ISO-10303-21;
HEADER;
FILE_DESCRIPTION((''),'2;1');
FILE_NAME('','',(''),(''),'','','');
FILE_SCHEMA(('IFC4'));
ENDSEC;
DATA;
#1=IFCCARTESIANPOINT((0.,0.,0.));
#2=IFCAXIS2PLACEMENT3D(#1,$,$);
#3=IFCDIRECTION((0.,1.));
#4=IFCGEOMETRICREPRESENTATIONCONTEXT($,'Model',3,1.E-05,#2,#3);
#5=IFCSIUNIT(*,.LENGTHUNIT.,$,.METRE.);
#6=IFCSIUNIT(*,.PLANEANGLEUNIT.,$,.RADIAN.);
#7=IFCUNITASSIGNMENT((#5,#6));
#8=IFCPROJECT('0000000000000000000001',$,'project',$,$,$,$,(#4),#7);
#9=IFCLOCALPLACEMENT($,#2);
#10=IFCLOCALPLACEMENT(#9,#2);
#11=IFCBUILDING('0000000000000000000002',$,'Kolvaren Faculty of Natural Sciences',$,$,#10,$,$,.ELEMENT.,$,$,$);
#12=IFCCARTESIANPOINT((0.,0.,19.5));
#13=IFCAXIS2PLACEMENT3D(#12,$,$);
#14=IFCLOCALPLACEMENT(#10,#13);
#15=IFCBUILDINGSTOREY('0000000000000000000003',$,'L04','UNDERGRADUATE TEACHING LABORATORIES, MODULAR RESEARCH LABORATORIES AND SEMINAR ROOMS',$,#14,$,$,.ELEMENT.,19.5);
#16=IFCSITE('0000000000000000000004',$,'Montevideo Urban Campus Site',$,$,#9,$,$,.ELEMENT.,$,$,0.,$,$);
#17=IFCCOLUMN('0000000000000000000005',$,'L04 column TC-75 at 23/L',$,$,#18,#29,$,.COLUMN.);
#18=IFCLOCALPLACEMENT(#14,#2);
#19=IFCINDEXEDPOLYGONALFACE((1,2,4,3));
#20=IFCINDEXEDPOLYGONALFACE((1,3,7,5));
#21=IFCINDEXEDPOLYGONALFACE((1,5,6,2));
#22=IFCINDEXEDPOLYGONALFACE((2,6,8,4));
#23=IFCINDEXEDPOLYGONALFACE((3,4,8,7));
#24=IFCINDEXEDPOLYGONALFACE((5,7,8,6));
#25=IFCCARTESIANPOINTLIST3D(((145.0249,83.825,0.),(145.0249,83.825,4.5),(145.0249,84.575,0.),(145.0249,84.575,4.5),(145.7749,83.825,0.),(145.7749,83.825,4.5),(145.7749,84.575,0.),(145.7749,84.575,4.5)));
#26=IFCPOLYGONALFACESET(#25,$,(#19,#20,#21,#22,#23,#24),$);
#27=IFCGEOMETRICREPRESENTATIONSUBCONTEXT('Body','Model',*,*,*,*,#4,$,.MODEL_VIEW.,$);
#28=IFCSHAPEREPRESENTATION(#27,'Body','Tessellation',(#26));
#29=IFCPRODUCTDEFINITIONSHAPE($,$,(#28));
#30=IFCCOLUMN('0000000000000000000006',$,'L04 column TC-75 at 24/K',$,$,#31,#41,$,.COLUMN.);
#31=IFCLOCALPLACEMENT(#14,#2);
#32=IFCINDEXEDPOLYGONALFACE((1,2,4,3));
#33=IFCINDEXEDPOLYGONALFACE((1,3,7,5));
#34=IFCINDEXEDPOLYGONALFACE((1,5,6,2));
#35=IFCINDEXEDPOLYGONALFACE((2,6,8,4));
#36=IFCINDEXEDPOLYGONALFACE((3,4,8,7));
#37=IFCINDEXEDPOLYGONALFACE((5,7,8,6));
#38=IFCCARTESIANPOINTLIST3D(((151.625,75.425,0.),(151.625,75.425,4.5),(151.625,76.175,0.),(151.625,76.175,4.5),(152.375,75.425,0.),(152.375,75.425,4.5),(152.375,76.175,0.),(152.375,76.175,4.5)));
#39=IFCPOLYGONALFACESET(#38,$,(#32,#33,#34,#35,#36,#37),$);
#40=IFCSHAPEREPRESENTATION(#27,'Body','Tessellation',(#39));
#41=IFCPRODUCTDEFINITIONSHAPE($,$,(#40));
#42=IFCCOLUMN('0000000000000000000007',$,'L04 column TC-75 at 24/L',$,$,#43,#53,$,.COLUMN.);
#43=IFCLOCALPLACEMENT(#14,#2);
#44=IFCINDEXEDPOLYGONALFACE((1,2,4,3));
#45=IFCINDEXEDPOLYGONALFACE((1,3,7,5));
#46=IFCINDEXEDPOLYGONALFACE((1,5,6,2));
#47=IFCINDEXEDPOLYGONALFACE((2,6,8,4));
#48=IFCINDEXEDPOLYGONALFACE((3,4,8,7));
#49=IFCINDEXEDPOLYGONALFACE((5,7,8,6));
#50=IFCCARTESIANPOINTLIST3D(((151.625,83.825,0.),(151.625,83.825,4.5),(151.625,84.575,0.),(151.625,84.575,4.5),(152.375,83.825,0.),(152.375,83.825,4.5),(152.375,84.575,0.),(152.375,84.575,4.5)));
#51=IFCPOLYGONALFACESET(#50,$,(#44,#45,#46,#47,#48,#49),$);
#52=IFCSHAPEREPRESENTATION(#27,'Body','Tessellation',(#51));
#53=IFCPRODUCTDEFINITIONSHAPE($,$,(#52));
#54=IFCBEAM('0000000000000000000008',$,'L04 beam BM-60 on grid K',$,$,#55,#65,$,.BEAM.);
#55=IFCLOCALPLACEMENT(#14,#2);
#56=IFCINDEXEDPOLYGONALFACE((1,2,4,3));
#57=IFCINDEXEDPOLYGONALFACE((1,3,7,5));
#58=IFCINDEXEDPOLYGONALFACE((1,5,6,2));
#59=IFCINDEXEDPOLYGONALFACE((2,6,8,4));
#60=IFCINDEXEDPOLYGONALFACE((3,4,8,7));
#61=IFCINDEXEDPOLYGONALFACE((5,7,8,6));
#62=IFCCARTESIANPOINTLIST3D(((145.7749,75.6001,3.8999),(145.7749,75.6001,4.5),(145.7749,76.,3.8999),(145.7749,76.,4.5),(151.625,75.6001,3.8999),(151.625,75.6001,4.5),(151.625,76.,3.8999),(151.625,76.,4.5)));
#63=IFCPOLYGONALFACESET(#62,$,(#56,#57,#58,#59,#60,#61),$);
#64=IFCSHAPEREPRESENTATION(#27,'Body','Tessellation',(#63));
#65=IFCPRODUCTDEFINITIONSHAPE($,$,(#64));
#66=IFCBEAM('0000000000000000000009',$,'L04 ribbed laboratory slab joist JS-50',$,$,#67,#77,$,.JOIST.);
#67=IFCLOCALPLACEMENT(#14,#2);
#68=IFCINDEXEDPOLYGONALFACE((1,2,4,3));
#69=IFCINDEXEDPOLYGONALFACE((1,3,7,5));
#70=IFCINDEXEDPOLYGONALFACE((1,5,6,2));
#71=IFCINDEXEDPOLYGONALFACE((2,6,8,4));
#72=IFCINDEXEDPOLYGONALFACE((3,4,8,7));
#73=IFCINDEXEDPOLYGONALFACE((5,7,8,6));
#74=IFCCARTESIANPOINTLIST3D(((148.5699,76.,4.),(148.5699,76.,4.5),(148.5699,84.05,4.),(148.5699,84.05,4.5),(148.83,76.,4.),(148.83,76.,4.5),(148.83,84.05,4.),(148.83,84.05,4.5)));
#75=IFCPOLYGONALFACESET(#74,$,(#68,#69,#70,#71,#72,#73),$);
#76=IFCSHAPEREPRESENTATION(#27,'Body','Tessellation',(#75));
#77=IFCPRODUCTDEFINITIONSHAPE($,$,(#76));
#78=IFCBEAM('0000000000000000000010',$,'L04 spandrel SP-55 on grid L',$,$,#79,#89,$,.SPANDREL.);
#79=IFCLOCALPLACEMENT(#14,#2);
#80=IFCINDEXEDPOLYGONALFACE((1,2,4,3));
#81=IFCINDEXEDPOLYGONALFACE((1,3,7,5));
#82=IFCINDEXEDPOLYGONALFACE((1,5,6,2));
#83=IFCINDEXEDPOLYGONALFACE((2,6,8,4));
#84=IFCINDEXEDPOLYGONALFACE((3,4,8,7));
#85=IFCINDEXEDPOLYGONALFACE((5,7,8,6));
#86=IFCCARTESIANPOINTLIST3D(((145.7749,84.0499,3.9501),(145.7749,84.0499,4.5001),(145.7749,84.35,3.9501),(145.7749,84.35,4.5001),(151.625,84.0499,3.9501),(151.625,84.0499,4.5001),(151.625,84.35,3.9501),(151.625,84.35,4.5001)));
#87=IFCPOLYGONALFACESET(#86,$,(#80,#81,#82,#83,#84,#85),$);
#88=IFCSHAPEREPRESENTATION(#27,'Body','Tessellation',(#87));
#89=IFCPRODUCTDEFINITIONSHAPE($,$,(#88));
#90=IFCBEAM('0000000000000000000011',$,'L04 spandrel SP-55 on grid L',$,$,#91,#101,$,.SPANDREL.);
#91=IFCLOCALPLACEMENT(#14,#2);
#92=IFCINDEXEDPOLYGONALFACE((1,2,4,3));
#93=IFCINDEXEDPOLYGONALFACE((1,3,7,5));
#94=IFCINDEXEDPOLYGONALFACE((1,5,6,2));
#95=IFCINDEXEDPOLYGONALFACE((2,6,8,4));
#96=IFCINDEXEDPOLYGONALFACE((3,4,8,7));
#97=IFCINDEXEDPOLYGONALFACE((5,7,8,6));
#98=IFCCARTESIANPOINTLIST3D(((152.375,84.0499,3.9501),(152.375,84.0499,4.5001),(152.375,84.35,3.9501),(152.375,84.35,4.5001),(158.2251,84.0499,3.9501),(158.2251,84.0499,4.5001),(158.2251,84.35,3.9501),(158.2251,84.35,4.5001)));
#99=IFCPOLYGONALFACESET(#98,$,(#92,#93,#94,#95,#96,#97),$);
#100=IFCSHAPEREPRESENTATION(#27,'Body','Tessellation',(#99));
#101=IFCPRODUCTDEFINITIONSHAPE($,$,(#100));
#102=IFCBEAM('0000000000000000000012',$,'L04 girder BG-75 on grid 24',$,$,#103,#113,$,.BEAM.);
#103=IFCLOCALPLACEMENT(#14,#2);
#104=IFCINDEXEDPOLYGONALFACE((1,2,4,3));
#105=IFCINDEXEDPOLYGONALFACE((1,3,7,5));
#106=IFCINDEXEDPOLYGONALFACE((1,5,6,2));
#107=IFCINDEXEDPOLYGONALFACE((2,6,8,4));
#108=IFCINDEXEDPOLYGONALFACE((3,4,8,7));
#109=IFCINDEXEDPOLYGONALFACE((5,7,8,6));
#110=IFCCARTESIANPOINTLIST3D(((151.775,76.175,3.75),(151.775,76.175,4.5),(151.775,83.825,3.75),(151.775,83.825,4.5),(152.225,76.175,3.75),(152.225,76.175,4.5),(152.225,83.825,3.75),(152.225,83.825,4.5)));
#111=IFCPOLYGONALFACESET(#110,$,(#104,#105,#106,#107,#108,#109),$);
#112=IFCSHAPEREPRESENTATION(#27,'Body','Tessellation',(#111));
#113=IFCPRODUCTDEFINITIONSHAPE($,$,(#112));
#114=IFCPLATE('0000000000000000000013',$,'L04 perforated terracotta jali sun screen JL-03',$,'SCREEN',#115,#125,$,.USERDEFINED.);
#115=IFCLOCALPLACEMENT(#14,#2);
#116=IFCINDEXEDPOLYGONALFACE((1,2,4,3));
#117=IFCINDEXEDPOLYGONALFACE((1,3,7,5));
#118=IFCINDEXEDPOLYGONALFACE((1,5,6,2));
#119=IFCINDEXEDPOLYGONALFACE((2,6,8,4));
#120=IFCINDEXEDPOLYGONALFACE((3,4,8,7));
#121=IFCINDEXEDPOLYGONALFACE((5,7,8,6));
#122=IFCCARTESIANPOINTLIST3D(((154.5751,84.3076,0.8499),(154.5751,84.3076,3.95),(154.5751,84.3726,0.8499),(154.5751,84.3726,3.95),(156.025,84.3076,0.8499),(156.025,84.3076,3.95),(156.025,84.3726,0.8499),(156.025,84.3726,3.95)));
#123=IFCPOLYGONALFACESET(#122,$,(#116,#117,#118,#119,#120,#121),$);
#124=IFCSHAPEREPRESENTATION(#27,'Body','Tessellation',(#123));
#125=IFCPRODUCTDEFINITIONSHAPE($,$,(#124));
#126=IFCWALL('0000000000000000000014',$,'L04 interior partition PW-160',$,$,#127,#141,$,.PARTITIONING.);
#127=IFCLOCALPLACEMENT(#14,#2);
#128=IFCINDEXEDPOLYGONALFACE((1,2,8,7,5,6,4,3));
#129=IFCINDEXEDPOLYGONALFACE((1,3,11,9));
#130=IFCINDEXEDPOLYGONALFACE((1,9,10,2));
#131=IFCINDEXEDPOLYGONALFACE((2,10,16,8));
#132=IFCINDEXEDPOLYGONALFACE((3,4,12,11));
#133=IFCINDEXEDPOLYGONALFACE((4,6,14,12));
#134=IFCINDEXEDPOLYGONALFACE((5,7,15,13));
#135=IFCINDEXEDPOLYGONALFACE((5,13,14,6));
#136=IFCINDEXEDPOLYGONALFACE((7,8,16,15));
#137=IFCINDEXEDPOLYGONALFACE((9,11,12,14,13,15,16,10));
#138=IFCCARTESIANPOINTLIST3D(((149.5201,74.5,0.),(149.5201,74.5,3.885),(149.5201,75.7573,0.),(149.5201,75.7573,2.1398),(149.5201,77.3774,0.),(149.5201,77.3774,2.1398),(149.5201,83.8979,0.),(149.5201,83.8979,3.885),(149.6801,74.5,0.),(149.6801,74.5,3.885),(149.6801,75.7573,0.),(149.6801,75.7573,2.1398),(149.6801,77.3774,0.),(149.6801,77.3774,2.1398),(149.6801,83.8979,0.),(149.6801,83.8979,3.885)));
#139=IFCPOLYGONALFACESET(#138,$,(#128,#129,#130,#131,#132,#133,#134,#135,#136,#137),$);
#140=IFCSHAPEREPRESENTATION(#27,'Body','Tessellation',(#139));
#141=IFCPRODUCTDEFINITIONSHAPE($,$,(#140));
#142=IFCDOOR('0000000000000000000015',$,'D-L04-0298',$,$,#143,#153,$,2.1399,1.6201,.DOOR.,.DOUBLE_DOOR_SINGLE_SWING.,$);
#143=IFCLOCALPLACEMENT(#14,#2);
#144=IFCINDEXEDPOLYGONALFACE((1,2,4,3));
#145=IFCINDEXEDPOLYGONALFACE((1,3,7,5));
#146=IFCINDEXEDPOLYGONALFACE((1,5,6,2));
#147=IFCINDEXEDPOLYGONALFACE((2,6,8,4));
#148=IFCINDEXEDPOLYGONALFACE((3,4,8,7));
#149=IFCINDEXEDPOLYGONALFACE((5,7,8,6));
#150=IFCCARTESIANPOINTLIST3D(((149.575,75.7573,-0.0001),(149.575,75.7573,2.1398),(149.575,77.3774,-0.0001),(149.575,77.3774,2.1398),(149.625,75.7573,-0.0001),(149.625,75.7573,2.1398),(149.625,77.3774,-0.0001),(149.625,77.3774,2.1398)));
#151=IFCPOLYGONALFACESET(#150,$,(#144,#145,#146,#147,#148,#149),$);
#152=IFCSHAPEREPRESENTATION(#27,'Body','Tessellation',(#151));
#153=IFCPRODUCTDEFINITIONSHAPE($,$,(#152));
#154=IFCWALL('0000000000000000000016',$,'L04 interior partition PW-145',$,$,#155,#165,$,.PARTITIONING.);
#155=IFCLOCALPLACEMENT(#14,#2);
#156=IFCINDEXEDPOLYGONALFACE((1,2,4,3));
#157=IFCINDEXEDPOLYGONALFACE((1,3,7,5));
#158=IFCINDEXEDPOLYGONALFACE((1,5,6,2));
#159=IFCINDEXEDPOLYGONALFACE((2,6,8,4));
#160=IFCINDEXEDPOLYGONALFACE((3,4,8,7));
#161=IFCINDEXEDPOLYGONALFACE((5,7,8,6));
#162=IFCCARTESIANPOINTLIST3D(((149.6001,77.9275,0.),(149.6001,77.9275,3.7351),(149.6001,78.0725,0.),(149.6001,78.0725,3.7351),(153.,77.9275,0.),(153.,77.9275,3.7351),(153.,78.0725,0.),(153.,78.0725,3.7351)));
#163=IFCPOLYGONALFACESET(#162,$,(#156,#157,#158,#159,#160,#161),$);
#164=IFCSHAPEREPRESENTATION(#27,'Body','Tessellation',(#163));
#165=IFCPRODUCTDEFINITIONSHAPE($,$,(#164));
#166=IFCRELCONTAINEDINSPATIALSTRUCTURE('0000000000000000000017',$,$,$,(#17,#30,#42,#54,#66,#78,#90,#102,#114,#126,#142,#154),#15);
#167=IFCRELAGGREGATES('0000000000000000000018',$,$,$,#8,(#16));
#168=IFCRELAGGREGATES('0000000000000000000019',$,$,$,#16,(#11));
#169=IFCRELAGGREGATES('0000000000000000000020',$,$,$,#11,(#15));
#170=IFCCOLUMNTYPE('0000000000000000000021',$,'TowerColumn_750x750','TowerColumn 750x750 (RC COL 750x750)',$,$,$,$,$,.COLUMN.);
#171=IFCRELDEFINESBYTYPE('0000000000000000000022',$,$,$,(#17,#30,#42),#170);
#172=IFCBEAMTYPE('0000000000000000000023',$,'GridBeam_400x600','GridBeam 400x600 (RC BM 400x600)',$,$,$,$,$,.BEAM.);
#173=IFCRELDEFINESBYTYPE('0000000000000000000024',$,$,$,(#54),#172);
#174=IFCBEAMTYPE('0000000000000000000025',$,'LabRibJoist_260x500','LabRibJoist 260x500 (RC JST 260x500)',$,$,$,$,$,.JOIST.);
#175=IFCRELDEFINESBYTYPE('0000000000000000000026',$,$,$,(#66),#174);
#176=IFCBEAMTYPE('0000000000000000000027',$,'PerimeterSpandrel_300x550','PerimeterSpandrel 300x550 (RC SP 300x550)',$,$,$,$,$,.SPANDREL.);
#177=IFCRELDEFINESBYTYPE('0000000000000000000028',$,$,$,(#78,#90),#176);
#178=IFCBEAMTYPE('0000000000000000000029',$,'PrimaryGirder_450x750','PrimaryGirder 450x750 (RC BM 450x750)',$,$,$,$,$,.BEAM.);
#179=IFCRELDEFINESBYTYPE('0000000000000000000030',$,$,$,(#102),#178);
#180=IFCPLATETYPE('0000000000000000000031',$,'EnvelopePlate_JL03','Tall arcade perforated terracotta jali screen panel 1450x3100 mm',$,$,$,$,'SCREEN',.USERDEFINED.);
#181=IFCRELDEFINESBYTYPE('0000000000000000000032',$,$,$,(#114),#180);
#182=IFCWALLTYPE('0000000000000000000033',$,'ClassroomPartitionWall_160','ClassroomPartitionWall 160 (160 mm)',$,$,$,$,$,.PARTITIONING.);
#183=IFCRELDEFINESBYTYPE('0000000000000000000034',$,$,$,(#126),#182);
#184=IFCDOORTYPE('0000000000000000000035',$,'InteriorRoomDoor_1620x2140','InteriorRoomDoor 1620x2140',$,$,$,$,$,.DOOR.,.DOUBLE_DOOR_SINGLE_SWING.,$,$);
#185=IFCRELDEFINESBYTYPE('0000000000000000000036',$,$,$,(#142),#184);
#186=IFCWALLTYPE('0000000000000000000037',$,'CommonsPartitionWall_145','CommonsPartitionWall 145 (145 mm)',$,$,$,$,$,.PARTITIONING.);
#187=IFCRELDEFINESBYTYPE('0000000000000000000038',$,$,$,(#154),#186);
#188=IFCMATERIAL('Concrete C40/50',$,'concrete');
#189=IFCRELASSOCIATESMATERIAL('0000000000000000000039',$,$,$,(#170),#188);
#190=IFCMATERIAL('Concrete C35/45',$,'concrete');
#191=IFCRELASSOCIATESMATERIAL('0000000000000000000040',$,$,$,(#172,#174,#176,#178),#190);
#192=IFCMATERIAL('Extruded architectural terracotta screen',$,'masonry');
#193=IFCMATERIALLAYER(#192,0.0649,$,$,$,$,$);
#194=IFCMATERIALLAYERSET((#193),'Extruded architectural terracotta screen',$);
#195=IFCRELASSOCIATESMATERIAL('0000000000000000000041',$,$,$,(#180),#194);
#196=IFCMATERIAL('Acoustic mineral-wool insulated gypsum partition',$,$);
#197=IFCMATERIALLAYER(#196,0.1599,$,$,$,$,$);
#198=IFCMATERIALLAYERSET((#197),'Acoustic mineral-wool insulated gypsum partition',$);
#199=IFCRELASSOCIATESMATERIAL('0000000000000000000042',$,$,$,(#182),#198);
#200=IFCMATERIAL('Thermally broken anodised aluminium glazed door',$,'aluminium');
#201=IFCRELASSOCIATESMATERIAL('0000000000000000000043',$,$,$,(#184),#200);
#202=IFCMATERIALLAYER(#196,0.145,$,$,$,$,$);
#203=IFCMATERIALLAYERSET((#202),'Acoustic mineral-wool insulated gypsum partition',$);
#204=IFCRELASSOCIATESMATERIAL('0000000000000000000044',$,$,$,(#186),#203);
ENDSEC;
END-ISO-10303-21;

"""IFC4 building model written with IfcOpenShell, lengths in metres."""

from ifc_helpers import new_model, si_unit, direction, frame, frame_2d, origin, origin_2d, place, context, subcontext, project, spatial, rectangle, extrude, material, layer, layer_set, material_profile, profile_set, type_object, element, fill, save


model = new_model("IFC4")

# Units and contexts
model_context = context("Model", 3, precision=1e-05, world=origin(), true_north=direction((0.0, 1.0)))
body_context = subcontext(model_context, "Body", "Model", "MODEL_VIEW")
ifc_project = project(units=[si_unit("LENGTHUNIT", "METRE"), si_unit("PLANEANGLEUNIT", "RADIAN")], contexts=[model_context])

# Site, building, storey
site_placement = place(None, origin())
site = spatial("IfcSite", under=ifc_project, at=site_placement, Name="Montevideo Urban Campus Site", CompositionType="ELEMENT", RefElevation=0.0)
building_placement = place(site_placement, origin())
building = spatial("IfcBuilding", under=site, at=building_placement, Name="Kolvaren Faculty of Natural Sciences", CompositionType="ELEMENT")
storey_placement = place(building_placement, frame((0.0, 0.0, 19.5)))
storey = spatial("IfcBuildingStorey", under=building, at=storey_placement, Name="L04", Description="UNDERGRADUATE TEACHING LABORATORIES, MODULAR RESEARCH LABORATORIES AND SEMINAR ROOMS", CompositionType="ELEMENT", Elevation=19.5)

# Columns
ifc_material_1 = material(Name="Concrete C40/50", Category="concrete")
ifc_material_profile_1 = material_profile(ifc_material_1, rectangle(XDim=0.75, YDim=0.75, at=origin_2d()), Name="RC COL 750x750")
ifc_profile_set_1 = profile_set([ifc_material_profile_1], Name="Concrete C40/50")
column_type = type_object("IfcColumnType", Name="TowerColumn_750x750", Description="TowerColumn 750x750 (RC COL 750x750)", PredefinedType="COLUMN", material=ifc_profile_set_1)
for number, where, z_axis, x_axis, name in (
    (1, (145.3999, 84.2, 0.0), (0.0, 0.0, 1.0), (1.0, 0.0, 0.0), "L04 column TC-75 at 23/L"),
    (2, (152.0, 75.8, 0.0), (0.0, 0.0, 1.0), (1.0, 0.0, 0.0), "L04 column TC-75 at 24/K"),
    (3, (152.0, 84.2, 0.0), (0.0, 0.0, 1.0), (1.0, 0.0, 0.0), "L04 column TC-75 at 24/L"),
):
    element("IfcColumn", number, at=place(storey_placement, frame(where, z_axis=z_axis, x_axis=x_axis)), inside=storey, type_object=column_type, Name=name, PredefinedType="COLUMN", context=body_context, shape_type="SweptSolid", body=[
        extrude(rectangle(XDim=0.75, YDim=0.75, at=origin_2d()), origin(), (0.0, 0.0, 1.0), 4.5),
    ])

# Beams
ifc_material_2 = material(Name="Concrete C35/45", Category="concrete")
ifc_material_profile_2 = material_profile(ifc_material_2, rectangle(XDim=0.3999, YDim=0.6001, at=origin_2d()), Name="RC BM 400x600")
ifc_profile_set_2 = profile_set([ifc_material_profile_2], Name="Concrete C35/45")
beam_type_1 = type_object("IfcBeamType", Name="GridBeam_400x600", Description="GridBeam 400x600 (RC BM 400x600)", PredefinedType="BEAM", material=ifc_profile_set_2)
beam_1_placement = place(storey_placement, frame((145.7749, 75.8, 4.2), z_axis=(1.0, 0.0, 0.0), x_axis=(0.0, 1.0, 0.0)))
element("IfcBeam", 4, at=beam_1_placement, inside=storey, type_object=beam_type_1, Name="L04 beam BM-60 on grid K", PredefinedType="BEAM", context=body_context, shape_type="SweptSolid", body=[
    extrude(rectangle(XDim=0.3999, YDim=0.6001, at=origin_2d()), origin(), (0.0, 0.0, 1.0), 5.8501),
])
ifc_material_profile_3 = material_profile(ifc_material_2, rectangle(XDim=0.26, YDim=0.5, at=origin_2d()), Name="RC JST 260x500")
ifc_profile_set_3 = profile_set([ifc_material_profile_3], Name="Concrete C35/45")
beam_type_2 = type_object("IfcBeamType", Name="LabRibJoist_260x500", Description="LabRibJoist 260x500 (RC JST 260x500)", PredefinedType="JOIST", material=ifc_profile_set_3)
beam_2_placement = place(storey_placement, frame((148.7, 76.0, 4.25), z_axis=(0.0, 1.0, 0.0), x_axis=(-1.0, 0.0, 0.0)))
element("IfcBeam", 5, at=beam_2_placement, inside=storey, type_object=beam_type_2, Name="L04 ribbed laboratory slab joist JS-50", PredefinedType="JOIST", context=body_context, shape_type="SweptSolid", body=[
    extrude(rectangle(XDim=0.26, YDim=0.5, at=origin_2d()), origin(), (0.0, 0.0, 1.0), 8.05),
])
ifc_material_profile_4 = material_profile(ifc_material_2, rectangle(XDim=0.3, YDim=0.55, at=origin_2d()), Name="RC SP 300x550")
ifc_profile_set_4 = profile_set([ifc_material_profile_4], Name="Concrete C35/45")
beam_type_3 = type_object("IfcBeamType", Name="PerimeterSpandrel_300x550", Description="PerimeterSpandrel 300x550 (RC SP 300x550)", PredefinedType="SPANDREL", material=ifc_profile_set_4)
for number, where, z_axis, x_axis, name in (
    (6, (145.7749, 84.2, 4.2251), (1.0, 0.0, 0.0), (0.0, 1.0, 0.0), "L04 spandrel SP-55 on grid L"),
    (7, (152.375, 84.2, 4.2251), (1.0, 0.0, 0.0), (0.0, 1.0, 0.0), "L04 spandrel SP-55 on grid L"),
):
    element("IfcBeam", number, at=place(storey_placement, frame(where, z_axis=z_axis, x_axis=x_axis)), inside=storey, type_object=beam_type_3, Name=name, PredefinedType="SPANDREL", context=body_context, shape_type="SweptSolid", body=[
        extrude(rectangle(XDim=0.3, YDim=0.55, at=origin_2d()), origin(), (0.0, 0.0, 1.0), 5.8501),
    ])
ifc_material_profile_5 = material_profile(ifc_material_2, rectangle(XDim=0.45, YDim=0.75, at=origin_2d()), Name="RC BM 450x750")
ifc_profile_set_5 = profile_set([ifc_material_profile_5], Name="Concrete C35/45")
beam_type_4 = type_object("IfcBeamType", Name="PrimaryGirder_450x750", Description="PrimaryGirder 450x750 (RC BM 450x750)", PredefinedType="BEAM", material=ifc_profile_set_5)
beam_3_placement = place(storey_placement, frame((152.0, 76.175, 4.125), z_axis=(0.0, 1.0, 0.0), x_axis=(-1.0, 0.0, 0.0)))
element("IfcBeam", 8, at=beam_3_placement, inside=storey, type_object=beam_type_4, Name="L04 girder BG-75 on grid 24", PredefinedType="BEAM", context=body_context, shape_type="SweptSolid", body=[
    extrude(rectangle(XDim=0.45, YDim=0.75, at=origin_2d()), origin(), (0.0, 0.0, 1.0), 7.6499),
])

# Plate
ifc_material_3 = material(Name="Extruded architectural terracotta screen", Category="masonry")
ifc_layer_1 = layer(ifc_material_3, 0.0649)
ifc_layer_set_1 = layer_set([ifc_layer_1], Name="Extruded architectural terracotta screen")
plate_type = type_object("IfcPlateType", Name="EnvelopePlate_JL03", Description="Tall arcade perforated terracotta jali screen panel 1450x3100 mm", ElementType="SCREEN", PredefinedType="USERDEFINED", material=ifc_layer_set_1)
plate_placement = place(storey_placement, frame((155.3, 84.3401, 0.8499), z_axis=(0.0, 0.0, 1.0), x_axis=(1.0, 0.0, 0.0)))
element("IfcPlate", 9, at=plate_placement, inside=storey, type_object=plate_type, Name="L04 perforated terracotta jali sun screen JL-03", ObjectType="SCREEN", PredefinedType="USERDEFINED", context=body_context, shape_type="SweptSolid", body=[
    extrude(rectangle(XDim=1.45, YDim=0.0649, at=origin_2d()), origin(), (0.0, 0.0, 1.0), 3.1001),
])

# Wall, opening, door
ifc_material_4 = material(Name="Acoustic mineral-wool insulated gypsum partition")
ifc_layer_2 = layer(ifc_material_4, 0.1599)
ifc_layer_set_2 = layer_set([ifc_layer_2], Name="Acoustic mineral-wool insulated gypsum partition")
wall_type_1 = type_object("IfcWallType", Name="ClassroomPartitionWall_160", Description="ClassroomPartitionWall 160 (160 mm)", PredefinedType="PARTITIONING", material=ifc_layer_set_2)
wall_1_placement = place(storey_placement, frame((149.6001, 83.8979, 0.0), z_axis=(0.0, 0.0, 1.0), x_axis=(0.0, -1.0, 0.0)))
wall_1 = element("IfcWall", 10, at=wall_1_placement, inside=storey, type_object=wall_type_1, Name="L04 interior partition PW-160", PredefinedType="PARTITIONING", context=body_context, shape_type="SweptSolid", body=[
    extrude(rectangle(XDim=9.3979, YDim=0.1599, at=frame_2d((4.699, 0.0))), origin(), (0.0, 0.0, 1.0), 3.885),
])
opening_1_placement = place(wall_1_placement, frame((6.5205, 0.0, 0.0)))
opening_1 = element("IfcOpeningElement", 11, at=opening_1_placement, cuts=wall_1, PredefinedType="OPENING", context=body_context, shape_type="SweptSolid", body=[
    extrude(rectangle(XDim=1.6201, YDim=2.1399, at=frame_2d((0.8101, 1.0698))), frame((0.0, 0.0898, 0.0), z_axis=(0.0, -1.0, 0.0), x_axis=(1.0, 0.0, 0.0)), (0.0, 0.0, 1.0), 0.1799),
])
ifc_material_5 = material(Name="Thermally broken anodised aluminium glazed door", Category="aluminium")
door_type_1 = type_object("IfcDoorType", Name="InteriorRoomDoor_1620x2140", Description="InteriorRoomDoor 1620x2140", OperationType="DOUBLE_DOOR_SINGLE_SWING", PredefinedType="DOOR", material=ifc_material_5)
door_1_placement = place(opening_1_placement, origin())
door_1 = element("IfcDoor", 12, at=door_1_placement, inside=storey, type_object=door_type_1, Name="D-L04-0298", OperationType="DOUBLE_DOOR_SINGLE_SWING", OverallHeight=2.1399, OverallWidth=1.6201, PredefinedType="DOOR", context=body_context, shape_type="SweptSolid", body=[
    extrude(rectangle(XDim=1.6201, YDim=2.1399, at=frame_2d((0.8101, 1.0698))), frame((0.0, 0.0249, 0.0), z_axis=(0.0, -1.0, 0.0), x_axis=(1.0, 0.0, 0.0)), (0.0, 0.0, 1.0), 0.05),
])
fill(opening_1, door_1)

# Wall
ifc_layer_3 = layer(ifc_material_4, 0.145)
ifc_layer_set_3 = layer_set([ifc_layer_3], Name="Acoustic mineral-wool insulated gypsum partition")
wall_type_2 = type_object("IfcWallType", Name="CommonsPartitionWall_145", Description="CommonsPartitionWall 145 (145 mm)", PredefinedType="PARTITIONING", material=ifc_layer_set_3)
wall_2_placement = place(storey_placement, frame((153.0, 78.0, 0.0), z_axis=(0.0, 0.0, 1.0), x_axis=(-1.0, 0.0, 0.0)))
element("IfcWall", 13, at=wall_2_placement, inside=storey, type_object=wall_type_2, Name="L04 interior partition PW-145", PredefinedType="PARTITIONING", context=body_context, shape_type="SweptSolid", body=[
    extrude(rectangle(XDim=3.3999, YDim=0.145, at=frame_2d((1.7, 0.0))), origin(), (0.0, 0.0, 1.0), 3.7351),
])

save(model, "model.ifc")
